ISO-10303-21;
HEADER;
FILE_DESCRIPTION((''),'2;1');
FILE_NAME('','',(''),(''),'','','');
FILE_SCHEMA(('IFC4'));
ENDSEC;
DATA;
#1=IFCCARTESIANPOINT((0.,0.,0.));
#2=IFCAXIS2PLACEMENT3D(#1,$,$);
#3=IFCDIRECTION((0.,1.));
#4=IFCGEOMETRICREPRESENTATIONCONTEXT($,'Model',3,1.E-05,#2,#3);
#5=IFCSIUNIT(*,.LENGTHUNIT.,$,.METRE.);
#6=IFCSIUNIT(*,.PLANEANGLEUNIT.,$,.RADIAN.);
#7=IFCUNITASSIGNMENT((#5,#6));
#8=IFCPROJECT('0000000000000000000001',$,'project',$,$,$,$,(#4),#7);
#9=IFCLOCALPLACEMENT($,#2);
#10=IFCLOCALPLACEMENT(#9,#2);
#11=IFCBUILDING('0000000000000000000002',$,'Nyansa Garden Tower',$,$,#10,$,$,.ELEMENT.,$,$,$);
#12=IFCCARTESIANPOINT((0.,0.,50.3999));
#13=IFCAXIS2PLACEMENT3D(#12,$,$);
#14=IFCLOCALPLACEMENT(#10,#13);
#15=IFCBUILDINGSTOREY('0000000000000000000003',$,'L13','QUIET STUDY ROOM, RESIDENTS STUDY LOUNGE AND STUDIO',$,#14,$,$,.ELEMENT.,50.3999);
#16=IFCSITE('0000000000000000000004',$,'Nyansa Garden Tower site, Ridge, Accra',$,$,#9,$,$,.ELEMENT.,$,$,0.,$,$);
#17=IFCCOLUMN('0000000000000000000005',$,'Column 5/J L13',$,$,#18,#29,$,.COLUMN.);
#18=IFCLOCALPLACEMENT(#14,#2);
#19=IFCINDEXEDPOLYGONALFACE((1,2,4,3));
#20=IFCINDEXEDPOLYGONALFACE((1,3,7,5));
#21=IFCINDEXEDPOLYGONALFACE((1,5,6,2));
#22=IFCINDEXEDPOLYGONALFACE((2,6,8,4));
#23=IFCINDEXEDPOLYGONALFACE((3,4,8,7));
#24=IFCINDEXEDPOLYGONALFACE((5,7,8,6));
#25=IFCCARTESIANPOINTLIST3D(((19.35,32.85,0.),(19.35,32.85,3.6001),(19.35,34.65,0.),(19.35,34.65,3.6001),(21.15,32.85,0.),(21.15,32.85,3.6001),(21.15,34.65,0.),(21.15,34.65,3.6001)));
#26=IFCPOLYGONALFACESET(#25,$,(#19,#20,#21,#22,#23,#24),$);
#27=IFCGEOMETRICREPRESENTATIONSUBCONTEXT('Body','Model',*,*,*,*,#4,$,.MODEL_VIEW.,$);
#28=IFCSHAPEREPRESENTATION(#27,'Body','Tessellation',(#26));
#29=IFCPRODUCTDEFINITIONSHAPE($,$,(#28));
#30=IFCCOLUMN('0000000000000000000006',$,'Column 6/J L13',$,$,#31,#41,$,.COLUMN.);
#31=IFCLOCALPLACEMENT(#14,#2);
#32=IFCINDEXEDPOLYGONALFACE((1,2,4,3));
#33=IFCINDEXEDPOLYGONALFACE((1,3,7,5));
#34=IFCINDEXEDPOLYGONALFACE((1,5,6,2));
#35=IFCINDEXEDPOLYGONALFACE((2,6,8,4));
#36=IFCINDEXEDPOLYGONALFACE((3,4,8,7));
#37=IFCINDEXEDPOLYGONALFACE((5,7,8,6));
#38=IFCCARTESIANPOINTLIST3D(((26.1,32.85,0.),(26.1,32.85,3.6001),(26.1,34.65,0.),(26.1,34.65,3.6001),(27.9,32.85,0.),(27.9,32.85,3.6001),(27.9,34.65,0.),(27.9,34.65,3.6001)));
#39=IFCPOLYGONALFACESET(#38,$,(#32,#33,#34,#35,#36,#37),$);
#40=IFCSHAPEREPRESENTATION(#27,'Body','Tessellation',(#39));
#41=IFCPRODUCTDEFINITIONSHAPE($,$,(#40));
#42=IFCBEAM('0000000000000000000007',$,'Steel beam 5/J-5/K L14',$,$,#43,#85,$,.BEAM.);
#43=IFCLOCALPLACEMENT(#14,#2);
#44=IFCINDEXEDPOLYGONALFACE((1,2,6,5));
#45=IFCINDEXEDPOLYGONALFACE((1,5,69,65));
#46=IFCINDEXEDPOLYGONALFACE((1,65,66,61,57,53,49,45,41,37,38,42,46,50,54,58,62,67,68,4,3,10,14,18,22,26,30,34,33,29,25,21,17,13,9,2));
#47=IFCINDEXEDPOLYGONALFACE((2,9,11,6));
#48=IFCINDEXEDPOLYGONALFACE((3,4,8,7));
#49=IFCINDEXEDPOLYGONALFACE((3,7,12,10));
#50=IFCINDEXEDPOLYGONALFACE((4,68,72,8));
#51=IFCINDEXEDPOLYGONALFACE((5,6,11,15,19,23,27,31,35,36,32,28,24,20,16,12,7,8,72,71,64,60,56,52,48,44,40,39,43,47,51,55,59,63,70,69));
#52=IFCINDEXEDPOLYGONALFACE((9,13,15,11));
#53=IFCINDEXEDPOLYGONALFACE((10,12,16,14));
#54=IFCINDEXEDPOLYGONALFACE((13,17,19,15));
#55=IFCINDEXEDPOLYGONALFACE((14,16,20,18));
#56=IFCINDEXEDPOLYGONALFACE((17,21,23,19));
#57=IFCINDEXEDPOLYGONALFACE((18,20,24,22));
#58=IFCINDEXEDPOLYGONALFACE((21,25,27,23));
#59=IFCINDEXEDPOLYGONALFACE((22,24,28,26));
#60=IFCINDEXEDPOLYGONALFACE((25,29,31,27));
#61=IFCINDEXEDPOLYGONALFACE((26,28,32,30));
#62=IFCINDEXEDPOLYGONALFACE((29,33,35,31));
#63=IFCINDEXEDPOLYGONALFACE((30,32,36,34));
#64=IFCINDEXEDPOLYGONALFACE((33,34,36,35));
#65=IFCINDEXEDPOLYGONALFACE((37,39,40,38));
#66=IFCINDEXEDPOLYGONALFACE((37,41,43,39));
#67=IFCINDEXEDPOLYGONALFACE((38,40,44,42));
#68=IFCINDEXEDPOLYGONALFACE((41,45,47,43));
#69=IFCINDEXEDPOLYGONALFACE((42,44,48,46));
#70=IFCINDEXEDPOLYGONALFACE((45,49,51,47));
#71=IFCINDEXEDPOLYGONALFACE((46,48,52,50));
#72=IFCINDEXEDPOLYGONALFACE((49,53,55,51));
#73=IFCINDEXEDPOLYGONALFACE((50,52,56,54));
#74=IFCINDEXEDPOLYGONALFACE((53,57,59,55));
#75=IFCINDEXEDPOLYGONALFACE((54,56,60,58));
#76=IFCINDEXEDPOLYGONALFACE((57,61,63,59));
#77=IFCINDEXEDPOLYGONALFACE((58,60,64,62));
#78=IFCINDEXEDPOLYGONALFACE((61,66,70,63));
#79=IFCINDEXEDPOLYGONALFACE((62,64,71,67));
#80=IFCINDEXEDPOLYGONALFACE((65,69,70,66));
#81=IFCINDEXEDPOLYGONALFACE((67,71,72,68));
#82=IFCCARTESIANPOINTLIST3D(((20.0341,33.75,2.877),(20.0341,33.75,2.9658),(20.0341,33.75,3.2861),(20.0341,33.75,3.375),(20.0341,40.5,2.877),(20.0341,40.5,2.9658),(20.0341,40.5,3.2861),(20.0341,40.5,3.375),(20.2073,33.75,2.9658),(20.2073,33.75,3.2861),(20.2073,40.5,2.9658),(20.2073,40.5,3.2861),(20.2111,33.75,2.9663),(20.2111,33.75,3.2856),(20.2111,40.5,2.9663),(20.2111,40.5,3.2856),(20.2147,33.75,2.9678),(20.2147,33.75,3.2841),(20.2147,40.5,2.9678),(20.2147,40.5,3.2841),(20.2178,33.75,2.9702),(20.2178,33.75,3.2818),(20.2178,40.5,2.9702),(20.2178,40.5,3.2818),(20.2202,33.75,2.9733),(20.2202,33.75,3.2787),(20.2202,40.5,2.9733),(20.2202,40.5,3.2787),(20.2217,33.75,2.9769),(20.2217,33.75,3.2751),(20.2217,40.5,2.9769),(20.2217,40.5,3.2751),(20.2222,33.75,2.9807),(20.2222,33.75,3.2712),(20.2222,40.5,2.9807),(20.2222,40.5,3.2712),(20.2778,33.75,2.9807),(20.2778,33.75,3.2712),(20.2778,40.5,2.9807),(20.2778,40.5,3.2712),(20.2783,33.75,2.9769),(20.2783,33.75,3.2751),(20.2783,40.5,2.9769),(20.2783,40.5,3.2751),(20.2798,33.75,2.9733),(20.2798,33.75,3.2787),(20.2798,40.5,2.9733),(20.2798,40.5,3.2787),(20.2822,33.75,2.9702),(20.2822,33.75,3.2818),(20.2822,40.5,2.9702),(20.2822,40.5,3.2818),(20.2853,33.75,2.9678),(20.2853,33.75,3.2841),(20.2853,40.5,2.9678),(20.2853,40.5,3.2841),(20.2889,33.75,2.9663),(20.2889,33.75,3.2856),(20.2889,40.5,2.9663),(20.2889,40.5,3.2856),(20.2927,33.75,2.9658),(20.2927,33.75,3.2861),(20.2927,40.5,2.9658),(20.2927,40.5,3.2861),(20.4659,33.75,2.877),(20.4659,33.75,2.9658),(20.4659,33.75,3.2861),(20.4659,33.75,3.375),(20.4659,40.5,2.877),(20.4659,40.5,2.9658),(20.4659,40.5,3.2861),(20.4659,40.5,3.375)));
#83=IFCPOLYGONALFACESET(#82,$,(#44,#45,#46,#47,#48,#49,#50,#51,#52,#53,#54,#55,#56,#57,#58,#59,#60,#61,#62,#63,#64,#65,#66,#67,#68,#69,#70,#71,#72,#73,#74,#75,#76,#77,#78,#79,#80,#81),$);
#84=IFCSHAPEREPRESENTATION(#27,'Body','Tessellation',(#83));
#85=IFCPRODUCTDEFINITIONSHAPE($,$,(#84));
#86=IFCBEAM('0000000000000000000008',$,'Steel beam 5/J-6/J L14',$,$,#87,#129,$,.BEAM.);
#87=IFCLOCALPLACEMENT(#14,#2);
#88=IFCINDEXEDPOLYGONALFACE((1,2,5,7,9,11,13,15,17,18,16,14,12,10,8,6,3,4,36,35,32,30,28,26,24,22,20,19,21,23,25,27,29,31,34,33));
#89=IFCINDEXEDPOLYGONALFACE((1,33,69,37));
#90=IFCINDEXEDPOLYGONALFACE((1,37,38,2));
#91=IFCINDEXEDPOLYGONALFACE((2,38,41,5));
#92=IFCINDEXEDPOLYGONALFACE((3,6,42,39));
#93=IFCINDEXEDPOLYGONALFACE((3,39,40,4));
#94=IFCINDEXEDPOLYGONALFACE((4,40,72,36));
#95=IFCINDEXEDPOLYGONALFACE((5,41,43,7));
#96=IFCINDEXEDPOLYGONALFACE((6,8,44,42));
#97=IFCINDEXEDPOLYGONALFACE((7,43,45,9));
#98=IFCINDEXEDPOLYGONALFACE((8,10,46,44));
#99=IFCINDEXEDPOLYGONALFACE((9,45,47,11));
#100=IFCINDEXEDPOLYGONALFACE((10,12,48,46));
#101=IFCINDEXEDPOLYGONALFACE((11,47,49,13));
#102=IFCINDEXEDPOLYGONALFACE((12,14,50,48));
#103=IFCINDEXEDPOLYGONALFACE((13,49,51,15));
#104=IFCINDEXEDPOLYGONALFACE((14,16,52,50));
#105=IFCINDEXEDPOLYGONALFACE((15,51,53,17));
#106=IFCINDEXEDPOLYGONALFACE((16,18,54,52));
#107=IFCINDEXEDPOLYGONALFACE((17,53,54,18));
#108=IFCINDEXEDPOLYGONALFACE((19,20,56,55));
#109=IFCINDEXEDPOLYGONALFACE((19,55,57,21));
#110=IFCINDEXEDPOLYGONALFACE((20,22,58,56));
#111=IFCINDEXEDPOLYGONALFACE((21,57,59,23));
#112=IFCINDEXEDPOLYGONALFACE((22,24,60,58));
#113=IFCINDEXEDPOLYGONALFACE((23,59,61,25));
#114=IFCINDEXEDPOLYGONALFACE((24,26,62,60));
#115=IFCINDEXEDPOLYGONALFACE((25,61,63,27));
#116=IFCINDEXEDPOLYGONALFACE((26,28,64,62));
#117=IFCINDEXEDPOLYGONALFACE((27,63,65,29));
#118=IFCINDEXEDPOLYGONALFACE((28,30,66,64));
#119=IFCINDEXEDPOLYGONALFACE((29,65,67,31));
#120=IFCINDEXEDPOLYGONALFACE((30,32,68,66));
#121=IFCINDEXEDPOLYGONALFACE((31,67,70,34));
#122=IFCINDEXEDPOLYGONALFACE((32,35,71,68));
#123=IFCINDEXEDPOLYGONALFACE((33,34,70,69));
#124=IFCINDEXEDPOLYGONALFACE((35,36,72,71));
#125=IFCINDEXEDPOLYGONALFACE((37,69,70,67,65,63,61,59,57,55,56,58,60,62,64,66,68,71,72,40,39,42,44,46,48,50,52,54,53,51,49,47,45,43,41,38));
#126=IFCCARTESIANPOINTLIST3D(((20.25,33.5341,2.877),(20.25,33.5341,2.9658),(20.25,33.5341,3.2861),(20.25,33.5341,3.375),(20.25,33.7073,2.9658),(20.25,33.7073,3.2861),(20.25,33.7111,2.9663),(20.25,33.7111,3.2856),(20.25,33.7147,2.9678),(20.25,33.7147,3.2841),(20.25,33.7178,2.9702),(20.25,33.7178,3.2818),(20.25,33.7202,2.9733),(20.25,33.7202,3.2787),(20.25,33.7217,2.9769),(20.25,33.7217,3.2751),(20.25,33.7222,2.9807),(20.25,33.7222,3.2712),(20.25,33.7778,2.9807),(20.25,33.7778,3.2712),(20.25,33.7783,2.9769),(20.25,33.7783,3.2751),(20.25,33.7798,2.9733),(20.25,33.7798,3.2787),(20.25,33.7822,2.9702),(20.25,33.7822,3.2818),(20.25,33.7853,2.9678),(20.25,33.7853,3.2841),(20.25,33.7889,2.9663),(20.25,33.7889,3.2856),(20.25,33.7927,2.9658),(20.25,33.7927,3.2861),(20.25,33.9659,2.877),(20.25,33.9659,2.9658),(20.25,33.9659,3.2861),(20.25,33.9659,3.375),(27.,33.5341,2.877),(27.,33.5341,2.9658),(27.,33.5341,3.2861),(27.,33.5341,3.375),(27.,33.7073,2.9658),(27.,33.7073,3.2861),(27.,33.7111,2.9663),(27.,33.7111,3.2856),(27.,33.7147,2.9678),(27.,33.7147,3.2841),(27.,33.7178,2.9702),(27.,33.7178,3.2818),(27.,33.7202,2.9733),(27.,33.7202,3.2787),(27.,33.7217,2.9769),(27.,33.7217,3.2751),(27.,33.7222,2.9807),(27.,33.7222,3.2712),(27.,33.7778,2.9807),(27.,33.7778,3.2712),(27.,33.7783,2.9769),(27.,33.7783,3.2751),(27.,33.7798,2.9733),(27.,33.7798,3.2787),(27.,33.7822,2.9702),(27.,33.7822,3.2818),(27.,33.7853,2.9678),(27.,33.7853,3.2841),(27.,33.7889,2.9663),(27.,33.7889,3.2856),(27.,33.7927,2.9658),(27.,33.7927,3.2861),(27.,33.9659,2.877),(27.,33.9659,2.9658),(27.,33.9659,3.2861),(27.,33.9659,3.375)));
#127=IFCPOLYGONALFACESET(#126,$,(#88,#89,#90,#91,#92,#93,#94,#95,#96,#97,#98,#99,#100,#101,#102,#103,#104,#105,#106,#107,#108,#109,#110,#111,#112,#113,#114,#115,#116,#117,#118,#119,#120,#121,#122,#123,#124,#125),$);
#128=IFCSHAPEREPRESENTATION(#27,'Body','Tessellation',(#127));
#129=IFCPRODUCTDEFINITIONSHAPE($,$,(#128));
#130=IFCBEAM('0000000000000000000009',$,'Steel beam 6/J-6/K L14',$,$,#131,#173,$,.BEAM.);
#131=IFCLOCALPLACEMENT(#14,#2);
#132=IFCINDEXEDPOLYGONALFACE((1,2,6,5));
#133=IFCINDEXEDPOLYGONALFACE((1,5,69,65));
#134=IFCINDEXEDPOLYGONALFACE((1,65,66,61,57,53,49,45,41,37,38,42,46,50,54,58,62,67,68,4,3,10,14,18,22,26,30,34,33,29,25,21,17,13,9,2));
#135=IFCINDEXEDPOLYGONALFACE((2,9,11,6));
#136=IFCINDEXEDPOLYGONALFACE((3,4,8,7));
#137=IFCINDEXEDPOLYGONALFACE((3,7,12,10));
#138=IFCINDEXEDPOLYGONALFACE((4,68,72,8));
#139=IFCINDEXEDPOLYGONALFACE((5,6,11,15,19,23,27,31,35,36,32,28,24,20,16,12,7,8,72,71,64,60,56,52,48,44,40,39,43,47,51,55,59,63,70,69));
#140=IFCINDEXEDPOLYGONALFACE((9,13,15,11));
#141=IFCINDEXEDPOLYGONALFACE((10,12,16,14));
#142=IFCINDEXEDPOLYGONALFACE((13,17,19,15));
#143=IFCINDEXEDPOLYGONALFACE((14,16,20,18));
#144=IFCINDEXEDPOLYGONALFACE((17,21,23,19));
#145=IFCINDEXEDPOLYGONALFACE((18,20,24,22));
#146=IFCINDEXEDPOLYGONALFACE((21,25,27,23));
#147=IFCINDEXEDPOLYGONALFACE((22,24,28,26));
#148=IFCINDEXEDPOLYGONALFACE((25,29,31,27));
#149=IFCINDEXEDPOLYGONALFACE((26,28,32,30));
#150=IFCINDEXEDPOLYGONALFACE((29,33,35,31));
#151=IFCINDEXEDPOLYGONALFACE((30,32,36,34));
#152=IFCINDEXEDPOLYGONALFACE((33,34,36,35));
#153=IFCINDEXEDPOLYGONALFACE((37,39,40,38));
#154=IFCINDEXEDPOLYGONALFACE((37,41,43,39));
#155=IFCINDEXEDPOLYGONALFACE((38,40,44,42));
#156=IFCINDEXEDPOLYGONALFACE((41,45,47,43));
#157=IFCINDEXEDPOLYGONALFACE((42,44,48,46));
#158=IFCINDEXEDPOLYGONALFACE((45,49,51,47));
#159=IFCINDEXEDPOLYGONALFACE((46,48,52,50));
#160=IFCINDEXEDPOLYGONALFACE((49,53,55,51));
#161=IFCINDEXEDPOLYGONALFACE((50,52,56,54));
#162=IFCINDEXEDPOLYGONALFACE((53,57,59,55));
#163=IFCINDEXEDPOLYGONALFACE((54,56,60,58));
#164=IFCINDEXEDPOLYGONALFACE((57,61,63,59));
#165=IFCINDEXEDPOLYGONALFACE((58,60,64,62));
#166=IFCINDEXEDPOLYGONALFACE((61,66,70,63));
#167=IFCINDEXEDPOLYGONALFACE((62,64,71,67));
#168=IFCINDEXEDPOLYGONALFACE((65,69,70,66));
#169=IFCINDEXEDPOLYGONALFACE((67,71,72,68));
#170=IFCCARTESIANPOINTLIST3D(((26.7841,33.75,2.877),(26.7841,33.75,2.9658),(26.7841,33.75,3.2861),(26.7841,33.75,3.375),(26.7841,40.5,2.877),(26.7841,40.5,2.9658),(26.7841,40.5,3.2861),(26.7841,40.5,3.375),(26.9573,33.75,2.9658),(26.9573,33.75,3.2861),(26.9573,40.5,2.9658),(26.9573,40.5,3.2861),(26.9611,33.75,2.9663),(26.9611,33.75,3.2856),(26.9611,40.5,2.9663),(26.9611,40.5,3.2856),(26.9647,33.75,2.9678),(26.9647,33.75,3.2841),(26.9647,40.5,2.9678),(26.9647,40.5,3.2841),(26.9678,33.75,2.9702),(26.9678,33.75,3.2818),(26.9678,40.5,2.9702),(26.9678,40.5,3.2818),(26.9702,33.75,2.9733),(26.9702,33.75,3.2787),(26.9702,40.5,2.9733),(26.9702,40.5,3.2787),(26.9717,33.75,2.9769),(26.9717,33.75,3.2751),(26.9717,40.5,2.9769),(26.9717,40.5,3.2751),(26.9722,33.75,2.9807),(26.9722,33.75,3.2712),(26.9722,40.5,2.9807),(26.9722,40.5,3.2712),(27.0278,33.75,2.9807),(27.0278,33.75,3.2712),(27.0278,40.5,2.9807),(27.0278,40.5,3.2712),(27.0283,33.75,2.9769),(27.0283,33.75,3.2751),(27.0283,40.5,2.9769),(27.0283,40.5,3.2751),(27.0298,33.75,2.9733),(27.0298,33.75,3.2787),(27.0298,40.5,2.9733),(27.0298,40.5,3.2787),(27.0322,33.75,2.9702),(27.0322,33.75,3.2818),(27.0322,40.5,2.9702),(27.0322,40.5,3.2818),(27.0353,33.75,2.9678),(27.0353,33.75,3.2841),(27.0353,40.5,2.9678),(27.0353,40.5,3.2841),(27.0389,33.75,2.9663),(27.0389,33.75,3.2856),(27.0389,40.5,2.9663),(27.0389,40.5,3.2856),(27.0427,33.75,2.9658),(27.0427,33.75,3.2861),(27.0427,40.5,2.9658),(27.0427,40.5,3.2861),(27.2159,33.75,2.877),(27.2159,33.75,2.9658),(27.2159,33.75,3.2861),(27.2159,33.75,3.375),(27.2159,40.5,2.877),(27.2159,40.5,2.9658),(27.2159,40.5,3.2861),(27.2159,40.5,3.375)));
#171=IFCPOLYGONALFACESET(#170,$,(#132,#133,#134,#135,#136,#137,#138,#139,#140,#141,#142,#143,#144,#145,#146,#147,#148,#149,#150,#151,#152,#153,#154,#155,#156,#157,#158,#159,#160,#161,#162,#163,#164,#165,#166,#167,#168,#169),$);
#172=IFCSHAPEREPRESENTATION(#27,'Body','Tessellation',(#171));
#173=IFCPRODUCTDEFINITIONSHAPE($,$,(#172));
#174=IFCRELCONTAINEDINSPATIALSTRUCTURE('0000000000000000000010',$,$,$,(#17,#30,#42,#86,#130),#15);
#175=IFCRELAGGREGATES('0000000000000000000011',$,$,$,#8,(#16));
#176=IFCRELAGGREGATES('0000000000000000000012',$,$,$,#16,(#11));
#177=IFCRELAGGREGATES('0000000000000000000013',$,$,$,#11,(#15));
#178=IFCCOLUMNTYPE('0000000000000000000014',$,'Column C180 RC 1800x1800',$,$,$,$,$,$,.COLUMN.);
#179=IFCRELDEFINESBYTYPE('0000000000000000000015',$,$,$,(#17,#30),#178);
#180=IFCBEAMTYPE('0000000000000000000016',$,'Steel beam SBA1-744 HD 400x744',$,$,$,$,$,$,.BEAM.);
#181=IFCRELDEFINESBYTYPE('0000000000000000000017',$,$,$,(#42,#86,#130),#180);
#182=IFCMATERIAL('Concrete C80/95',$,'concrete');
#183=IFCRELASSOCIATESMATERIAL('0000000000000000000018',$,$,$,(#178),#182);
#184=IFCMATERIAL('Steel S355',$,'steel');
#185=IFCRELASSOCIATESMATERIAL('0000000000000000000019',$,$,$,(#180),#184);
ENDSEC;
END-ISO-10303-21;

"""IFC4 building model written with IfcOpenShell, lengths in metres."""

from ifc_helpers import new_model, si_unit, direction, frame, origin, origin_2d, place, context, subcontext, project, spatial, rectangle, i_section, extrude, material, material_profile, profile_set, type_object, element, save


model = new_model("IFC4")

# Units and contexts
model_context = context("Model", 3, precision=1e-05, world=origin(), true_north=direction((0.0, 1.0)))
body_context = subcontext(model_context, "Body", "Model", "MODEL_VIEW")
ifc_project = project(units=[si_unit("LENGTHUNIT", "METRE"), si_unit("PLANEANGLEUNIT", "RADIAN")], contexts=[model_context])

# Site, building, storey
site_placement = place(None, origin())
site = spatial("IfcSite", under=ifc_project, at=site_placement, Name="Nyansa Garden Tower site, Ridge, Accra", CompositionType="ELEMENT", RefElevation=0.0)
building_placement = place(site_placement, origin())
building = spatial("IfcBuilding", under=site, at=building_placement, Name="Nyansa Garden Tower", CompositionType="ELEMENT")
storey_placement = place(building_placement, frame((0.0, 0.0, 50.3999)))
storey = spatial("IfcBuildingStorey", under=building, at=storey_placement, Name="L13", Description="QUIET STUDY ROOM, RESIDENTS STUDY LOUNGE AND STUDIO", CompositionType="ELEMENT", Elevation=50.3999)

# Columns
ifc_material_1 = material(Name="Concrete C80/95", Category="concrete")
ifc_material_profile_1 = material_profile(ifc_material_1, rectangle(XDim=1.8, YDim=1.8, at=origin_2d()), Name="RC 1800x1800")
ifc_profile_set_1 = profile_set([ifc_material_profile_1], Name="Concrete C80/95")
column_type = type_object("IfcColumnType", Name="Column C180 RC 1800x1800", PredefinedType="COLUMN", material=ifc_profile_set_1)
for number, where, z_axis, x_axis, name in (
    (1, (20.25, 33.75, 0.0), (0.0, 0.0, 1.0), (1.0, 0.0, 0.0), "Column 5/J L13"),
    (2, (27.0, 33.75, 0.0), (0.0, 0.0, 1.0), (1.0, 0.0, 0.0), "Column 6/J L13"),
):
    element("IfcColumn", number, at=place(storey_placement, frame(where, z_axis=z_axis, x_axis=x_axis)), inside=storey, type_object=column_type, Name=name, PredefinedType="COLUMN", context=body_context, shape_type="SweptSolid", body=[
        extrude(rectangle(XDim=1.8, YDim=1.8, at=origin_2d()), origin(), (0.0, 0.0, 1.0), 3.6001),
    ])

# Beams
ifc_material_2 = material(Name="Steel S355", Category="steel")
ifc_material_profile_2 = material_profile(ifc_material_2, i_section(OverallWidth=0.4319, OverallDepth=0.498, WebThickness=0.0557, FlangeThickness=0.0889, FilletRadius=0.0149, at=origin_2d()), Name="HD 400x744")
ifc_profile_set_2 = profile_set([ifc_material_profile_2], Name="Steel S355")
beam_type = type_object("IfcBeamType", Name="Steel beam SBA1-744 HD 400x744", PredefinedType="BEAM", material=ifc_profile_set_2)
for number, where, z_axis, x_axis, name in (
    (3, (20.25, 33.75, 3.126), (0.0, 1.0, 0.0), (-1.0, 0.0, 0.0), "Steel beam 5/J-5/K L14"),
    (4, (20.25, 33.75, 3.126), (1.0, 0.0, 0.0), (0.0, 1.0, 0.0), "Steel beam 5/J-6/J L14"),
    (5, (27.0, 33.75, 3.126), (0.0, 1.0, 0.0), (-1.0, 0.0, 0.0), "Steel beam 6/J-6/K L14"),
):
    element("IfcBeam", number, at=place(storey_placement, frame(where, z_axis=z_axis, x_axis=x_axis)), inside=storey, type_object=beam_type, Name=name, PredefinedType="BEAM", context=body_context, shape_type="SweptSolid", body=[
        extrude(i_section(OverallWidth=0.4319, OverallDepth=0.498, WebThickness=0.0557, FlangeThickness=0.0889, FilletRadius=0.0149, at=origin_2d()), origin(), (0.0, 0.0, 1.0), 6.75),
    ])

save(model, "model.ifc")
